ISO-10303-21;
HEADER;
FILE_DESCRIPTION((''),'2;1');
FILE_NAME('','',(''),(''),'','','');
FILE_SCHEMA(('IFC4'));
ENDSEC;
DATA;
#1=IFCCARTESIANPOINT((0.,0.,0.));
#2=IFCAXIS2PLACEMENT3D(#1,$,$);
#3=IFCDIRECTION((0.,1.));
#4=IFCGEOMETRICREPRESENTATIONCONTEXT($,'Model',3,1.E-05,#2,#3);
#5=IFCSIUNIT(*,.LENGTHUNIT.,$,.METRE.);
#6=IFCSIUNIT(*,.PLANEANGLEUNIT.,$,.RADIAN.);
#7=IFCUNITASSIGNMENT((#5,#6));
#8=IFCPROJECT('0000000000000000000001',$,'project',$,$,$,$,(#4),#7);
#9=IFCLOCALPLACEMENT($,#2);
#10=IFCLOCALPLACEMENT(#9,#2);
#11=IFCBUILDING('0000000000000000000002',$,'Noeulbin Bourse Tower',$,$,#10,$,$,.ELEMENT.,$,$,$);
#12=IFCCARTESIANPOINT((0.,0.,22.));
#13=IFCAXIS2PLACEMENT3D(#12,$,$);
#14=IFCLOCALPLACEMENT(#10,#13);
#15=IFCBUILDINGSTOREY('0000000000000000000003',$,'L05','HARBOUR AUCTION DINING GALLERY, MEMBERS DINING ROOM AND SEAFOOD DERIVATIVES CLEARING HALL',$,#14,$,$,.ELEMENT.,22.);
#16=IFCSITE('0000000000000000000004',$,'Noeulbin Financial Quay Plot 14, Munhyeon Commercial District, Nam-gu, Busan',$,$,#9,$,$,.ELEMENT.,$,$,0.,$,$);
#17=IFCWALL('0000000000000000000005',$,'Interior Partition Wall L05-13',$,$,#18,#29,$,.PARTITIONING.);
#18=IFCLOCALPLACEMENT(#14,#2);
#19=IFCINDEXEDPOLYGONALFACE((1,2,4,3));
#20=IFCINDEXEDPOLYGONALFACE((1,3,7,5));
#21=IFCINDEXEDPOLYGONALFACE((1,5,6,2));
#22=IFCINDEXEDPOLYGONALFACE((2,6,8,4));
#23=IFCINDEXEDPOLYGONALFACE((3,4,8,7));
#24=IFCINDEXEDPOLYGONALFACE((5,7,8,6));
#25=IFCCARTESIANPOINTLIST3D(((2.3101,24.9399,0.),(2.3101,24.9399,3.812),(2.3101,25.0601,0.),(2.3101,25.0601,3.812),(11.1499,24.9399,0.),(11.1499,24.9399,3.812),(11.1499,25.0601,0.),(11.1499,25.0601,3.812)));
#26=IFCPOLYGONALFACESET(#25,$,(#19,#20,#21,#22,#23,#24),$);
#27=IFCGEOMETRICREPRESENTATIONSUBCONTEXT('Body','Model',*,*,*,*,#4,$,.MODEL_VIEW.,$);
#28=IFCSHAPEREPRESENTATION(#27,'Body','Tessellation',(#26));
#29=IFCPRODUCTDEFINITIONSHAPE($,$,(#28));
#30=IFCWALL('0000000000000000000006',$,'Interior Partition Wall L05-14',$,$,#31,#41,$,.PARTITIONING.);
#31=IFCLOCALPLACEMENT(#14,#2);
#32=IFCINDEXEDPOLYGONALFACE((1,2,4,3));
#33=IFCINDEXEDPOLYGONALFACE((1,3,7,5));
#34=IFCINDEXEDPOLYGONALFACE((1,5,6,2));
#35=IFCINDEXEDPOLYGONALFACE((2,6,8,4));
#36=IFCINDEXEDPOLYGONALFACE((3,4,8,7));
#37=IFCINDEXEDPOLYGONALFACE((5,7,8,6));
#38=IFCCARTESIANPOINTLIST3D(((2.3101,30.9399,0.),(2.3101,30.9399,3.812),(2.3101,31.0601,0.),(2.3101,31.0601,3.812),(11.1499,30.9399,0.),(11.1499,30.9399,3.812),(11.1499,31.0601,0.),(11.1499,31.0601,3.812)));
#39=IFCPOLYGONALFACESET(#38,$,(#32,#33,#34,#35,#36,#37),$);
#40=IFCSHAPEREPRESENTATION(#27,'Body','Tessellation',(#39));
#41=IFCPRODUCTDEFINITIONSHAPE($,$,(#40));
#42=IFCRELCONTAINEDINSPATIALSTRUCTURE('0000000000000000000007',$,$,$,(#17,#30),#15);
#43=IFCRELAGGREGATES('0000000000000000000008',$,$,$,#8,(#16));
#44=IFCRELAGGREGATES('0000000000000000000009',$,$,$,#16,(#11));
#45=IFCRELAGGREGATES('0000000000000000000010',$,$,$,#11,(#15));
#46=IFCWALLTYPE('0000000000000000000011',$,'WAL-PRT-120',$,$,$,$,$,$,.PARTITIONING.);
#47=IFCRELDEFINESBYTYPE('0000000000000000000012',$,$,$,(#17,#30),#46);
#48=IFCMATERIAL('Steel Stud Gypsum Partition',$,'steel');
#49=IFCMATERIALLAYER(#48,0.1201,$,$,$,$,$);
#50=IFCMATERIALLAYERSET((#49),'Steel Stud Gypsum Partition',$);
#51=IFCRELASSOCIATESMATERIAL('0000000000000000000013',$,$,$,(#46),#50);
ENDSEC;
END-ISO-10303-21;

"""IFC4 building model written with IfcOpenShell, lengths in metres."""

from ifc_helpers import new_model, si_unit, direction, frame, frame_2d, origin, place, context, subcontext, project, spatial, rectangle, extrude, material, layer, layer_set, type_object, element, save


model = new_model("IFC4")

# Units and contexts
model_context = context("Model", 3, precision=1e-05, world=origin(), true_north=direction((0.0, 1.0)))
body_context = subcontext(model_context, "Body", "Model", "MODEL_VIEW")
ifc_project = project(units=[si_unit("LENGTHUNIT", "METRE"), si_unit("PLANEANGLEUNIT", "RADIAN")], contexts=[model_context])

# Site, building, storey
site_placement = place(None, origin())
site = spatial("IfcSite", under=ifc_project, at=site_placement, Name="Noeulbin Financial Quay Plot 14, Munhyeon Commercial District, Nam-gu, Busan", CompositionType="ELEMENT", RefElevation=0.0)
building_placement = place(site_placement, origin())
building = spatial("IfcBuilding", under=site, at=building_placement, Name="Noeulbin Bourse Tower", CompositionType="ELEMENT")
storey_placement = place(building_placement, frame((0.0, 0.0, 22.0)))
storey = spatial("IfcBuildingStorey", under=building, at=storey_placement, Name="L05", Description="HARBOUR AUCTION DINING GALLERY, MEMBERS DINING ROOM AND SEAFOOD DERIVATIVES CLEARING HALL", CompositionType="ELEMENT", Elevation=22.0)

# Walls
ifc_material_1 = material(Name="Steel Stud Gypsum Partition", Category="steel")
ifc_layer_1 = layer(ifc_material_1, 0.1201)
ifc_layer_set_1 = layer_set([ifc_layer_1], Name="Steel Stud Gypsum Partition")
wall_type = type_object("IfcWallType", Name="WAL-PRT-120", PredefinedType="PARTITIONING", material=ifc_layer_set_1)
for number, where, z_axis, x_axis, name in (
    (1, (2.3101, 25.0, 0.0), (0.0, 0.0, 1.0), (1.0, 0.0, 0.0), "Interior Partition Wall L05-13"),
    (2, (2.3101, 31.0, 0.0), (0.0, 0.0, 1.0), (1.0, 0.0, 0.0), "Interior Partition Wall L05-14"),
):
    element("IfcWall", number, at=place(storey_placement, frame(where, z_axis=z_axis, x_axis=x_axis)), inside=storey, type_object=wall_type, Name=name, PredefinedType="PARTITIONING", context=body_context, shape_type="SweptSolid", body=[
        extrude(rectangle(XDim=8.8398, YDim=0.1201, at=frame_2d((4.4199, 0.0))), origin(), (0.0, 0.0, 1.0), 3.812),
    ])

save(model, "model.ifc")
